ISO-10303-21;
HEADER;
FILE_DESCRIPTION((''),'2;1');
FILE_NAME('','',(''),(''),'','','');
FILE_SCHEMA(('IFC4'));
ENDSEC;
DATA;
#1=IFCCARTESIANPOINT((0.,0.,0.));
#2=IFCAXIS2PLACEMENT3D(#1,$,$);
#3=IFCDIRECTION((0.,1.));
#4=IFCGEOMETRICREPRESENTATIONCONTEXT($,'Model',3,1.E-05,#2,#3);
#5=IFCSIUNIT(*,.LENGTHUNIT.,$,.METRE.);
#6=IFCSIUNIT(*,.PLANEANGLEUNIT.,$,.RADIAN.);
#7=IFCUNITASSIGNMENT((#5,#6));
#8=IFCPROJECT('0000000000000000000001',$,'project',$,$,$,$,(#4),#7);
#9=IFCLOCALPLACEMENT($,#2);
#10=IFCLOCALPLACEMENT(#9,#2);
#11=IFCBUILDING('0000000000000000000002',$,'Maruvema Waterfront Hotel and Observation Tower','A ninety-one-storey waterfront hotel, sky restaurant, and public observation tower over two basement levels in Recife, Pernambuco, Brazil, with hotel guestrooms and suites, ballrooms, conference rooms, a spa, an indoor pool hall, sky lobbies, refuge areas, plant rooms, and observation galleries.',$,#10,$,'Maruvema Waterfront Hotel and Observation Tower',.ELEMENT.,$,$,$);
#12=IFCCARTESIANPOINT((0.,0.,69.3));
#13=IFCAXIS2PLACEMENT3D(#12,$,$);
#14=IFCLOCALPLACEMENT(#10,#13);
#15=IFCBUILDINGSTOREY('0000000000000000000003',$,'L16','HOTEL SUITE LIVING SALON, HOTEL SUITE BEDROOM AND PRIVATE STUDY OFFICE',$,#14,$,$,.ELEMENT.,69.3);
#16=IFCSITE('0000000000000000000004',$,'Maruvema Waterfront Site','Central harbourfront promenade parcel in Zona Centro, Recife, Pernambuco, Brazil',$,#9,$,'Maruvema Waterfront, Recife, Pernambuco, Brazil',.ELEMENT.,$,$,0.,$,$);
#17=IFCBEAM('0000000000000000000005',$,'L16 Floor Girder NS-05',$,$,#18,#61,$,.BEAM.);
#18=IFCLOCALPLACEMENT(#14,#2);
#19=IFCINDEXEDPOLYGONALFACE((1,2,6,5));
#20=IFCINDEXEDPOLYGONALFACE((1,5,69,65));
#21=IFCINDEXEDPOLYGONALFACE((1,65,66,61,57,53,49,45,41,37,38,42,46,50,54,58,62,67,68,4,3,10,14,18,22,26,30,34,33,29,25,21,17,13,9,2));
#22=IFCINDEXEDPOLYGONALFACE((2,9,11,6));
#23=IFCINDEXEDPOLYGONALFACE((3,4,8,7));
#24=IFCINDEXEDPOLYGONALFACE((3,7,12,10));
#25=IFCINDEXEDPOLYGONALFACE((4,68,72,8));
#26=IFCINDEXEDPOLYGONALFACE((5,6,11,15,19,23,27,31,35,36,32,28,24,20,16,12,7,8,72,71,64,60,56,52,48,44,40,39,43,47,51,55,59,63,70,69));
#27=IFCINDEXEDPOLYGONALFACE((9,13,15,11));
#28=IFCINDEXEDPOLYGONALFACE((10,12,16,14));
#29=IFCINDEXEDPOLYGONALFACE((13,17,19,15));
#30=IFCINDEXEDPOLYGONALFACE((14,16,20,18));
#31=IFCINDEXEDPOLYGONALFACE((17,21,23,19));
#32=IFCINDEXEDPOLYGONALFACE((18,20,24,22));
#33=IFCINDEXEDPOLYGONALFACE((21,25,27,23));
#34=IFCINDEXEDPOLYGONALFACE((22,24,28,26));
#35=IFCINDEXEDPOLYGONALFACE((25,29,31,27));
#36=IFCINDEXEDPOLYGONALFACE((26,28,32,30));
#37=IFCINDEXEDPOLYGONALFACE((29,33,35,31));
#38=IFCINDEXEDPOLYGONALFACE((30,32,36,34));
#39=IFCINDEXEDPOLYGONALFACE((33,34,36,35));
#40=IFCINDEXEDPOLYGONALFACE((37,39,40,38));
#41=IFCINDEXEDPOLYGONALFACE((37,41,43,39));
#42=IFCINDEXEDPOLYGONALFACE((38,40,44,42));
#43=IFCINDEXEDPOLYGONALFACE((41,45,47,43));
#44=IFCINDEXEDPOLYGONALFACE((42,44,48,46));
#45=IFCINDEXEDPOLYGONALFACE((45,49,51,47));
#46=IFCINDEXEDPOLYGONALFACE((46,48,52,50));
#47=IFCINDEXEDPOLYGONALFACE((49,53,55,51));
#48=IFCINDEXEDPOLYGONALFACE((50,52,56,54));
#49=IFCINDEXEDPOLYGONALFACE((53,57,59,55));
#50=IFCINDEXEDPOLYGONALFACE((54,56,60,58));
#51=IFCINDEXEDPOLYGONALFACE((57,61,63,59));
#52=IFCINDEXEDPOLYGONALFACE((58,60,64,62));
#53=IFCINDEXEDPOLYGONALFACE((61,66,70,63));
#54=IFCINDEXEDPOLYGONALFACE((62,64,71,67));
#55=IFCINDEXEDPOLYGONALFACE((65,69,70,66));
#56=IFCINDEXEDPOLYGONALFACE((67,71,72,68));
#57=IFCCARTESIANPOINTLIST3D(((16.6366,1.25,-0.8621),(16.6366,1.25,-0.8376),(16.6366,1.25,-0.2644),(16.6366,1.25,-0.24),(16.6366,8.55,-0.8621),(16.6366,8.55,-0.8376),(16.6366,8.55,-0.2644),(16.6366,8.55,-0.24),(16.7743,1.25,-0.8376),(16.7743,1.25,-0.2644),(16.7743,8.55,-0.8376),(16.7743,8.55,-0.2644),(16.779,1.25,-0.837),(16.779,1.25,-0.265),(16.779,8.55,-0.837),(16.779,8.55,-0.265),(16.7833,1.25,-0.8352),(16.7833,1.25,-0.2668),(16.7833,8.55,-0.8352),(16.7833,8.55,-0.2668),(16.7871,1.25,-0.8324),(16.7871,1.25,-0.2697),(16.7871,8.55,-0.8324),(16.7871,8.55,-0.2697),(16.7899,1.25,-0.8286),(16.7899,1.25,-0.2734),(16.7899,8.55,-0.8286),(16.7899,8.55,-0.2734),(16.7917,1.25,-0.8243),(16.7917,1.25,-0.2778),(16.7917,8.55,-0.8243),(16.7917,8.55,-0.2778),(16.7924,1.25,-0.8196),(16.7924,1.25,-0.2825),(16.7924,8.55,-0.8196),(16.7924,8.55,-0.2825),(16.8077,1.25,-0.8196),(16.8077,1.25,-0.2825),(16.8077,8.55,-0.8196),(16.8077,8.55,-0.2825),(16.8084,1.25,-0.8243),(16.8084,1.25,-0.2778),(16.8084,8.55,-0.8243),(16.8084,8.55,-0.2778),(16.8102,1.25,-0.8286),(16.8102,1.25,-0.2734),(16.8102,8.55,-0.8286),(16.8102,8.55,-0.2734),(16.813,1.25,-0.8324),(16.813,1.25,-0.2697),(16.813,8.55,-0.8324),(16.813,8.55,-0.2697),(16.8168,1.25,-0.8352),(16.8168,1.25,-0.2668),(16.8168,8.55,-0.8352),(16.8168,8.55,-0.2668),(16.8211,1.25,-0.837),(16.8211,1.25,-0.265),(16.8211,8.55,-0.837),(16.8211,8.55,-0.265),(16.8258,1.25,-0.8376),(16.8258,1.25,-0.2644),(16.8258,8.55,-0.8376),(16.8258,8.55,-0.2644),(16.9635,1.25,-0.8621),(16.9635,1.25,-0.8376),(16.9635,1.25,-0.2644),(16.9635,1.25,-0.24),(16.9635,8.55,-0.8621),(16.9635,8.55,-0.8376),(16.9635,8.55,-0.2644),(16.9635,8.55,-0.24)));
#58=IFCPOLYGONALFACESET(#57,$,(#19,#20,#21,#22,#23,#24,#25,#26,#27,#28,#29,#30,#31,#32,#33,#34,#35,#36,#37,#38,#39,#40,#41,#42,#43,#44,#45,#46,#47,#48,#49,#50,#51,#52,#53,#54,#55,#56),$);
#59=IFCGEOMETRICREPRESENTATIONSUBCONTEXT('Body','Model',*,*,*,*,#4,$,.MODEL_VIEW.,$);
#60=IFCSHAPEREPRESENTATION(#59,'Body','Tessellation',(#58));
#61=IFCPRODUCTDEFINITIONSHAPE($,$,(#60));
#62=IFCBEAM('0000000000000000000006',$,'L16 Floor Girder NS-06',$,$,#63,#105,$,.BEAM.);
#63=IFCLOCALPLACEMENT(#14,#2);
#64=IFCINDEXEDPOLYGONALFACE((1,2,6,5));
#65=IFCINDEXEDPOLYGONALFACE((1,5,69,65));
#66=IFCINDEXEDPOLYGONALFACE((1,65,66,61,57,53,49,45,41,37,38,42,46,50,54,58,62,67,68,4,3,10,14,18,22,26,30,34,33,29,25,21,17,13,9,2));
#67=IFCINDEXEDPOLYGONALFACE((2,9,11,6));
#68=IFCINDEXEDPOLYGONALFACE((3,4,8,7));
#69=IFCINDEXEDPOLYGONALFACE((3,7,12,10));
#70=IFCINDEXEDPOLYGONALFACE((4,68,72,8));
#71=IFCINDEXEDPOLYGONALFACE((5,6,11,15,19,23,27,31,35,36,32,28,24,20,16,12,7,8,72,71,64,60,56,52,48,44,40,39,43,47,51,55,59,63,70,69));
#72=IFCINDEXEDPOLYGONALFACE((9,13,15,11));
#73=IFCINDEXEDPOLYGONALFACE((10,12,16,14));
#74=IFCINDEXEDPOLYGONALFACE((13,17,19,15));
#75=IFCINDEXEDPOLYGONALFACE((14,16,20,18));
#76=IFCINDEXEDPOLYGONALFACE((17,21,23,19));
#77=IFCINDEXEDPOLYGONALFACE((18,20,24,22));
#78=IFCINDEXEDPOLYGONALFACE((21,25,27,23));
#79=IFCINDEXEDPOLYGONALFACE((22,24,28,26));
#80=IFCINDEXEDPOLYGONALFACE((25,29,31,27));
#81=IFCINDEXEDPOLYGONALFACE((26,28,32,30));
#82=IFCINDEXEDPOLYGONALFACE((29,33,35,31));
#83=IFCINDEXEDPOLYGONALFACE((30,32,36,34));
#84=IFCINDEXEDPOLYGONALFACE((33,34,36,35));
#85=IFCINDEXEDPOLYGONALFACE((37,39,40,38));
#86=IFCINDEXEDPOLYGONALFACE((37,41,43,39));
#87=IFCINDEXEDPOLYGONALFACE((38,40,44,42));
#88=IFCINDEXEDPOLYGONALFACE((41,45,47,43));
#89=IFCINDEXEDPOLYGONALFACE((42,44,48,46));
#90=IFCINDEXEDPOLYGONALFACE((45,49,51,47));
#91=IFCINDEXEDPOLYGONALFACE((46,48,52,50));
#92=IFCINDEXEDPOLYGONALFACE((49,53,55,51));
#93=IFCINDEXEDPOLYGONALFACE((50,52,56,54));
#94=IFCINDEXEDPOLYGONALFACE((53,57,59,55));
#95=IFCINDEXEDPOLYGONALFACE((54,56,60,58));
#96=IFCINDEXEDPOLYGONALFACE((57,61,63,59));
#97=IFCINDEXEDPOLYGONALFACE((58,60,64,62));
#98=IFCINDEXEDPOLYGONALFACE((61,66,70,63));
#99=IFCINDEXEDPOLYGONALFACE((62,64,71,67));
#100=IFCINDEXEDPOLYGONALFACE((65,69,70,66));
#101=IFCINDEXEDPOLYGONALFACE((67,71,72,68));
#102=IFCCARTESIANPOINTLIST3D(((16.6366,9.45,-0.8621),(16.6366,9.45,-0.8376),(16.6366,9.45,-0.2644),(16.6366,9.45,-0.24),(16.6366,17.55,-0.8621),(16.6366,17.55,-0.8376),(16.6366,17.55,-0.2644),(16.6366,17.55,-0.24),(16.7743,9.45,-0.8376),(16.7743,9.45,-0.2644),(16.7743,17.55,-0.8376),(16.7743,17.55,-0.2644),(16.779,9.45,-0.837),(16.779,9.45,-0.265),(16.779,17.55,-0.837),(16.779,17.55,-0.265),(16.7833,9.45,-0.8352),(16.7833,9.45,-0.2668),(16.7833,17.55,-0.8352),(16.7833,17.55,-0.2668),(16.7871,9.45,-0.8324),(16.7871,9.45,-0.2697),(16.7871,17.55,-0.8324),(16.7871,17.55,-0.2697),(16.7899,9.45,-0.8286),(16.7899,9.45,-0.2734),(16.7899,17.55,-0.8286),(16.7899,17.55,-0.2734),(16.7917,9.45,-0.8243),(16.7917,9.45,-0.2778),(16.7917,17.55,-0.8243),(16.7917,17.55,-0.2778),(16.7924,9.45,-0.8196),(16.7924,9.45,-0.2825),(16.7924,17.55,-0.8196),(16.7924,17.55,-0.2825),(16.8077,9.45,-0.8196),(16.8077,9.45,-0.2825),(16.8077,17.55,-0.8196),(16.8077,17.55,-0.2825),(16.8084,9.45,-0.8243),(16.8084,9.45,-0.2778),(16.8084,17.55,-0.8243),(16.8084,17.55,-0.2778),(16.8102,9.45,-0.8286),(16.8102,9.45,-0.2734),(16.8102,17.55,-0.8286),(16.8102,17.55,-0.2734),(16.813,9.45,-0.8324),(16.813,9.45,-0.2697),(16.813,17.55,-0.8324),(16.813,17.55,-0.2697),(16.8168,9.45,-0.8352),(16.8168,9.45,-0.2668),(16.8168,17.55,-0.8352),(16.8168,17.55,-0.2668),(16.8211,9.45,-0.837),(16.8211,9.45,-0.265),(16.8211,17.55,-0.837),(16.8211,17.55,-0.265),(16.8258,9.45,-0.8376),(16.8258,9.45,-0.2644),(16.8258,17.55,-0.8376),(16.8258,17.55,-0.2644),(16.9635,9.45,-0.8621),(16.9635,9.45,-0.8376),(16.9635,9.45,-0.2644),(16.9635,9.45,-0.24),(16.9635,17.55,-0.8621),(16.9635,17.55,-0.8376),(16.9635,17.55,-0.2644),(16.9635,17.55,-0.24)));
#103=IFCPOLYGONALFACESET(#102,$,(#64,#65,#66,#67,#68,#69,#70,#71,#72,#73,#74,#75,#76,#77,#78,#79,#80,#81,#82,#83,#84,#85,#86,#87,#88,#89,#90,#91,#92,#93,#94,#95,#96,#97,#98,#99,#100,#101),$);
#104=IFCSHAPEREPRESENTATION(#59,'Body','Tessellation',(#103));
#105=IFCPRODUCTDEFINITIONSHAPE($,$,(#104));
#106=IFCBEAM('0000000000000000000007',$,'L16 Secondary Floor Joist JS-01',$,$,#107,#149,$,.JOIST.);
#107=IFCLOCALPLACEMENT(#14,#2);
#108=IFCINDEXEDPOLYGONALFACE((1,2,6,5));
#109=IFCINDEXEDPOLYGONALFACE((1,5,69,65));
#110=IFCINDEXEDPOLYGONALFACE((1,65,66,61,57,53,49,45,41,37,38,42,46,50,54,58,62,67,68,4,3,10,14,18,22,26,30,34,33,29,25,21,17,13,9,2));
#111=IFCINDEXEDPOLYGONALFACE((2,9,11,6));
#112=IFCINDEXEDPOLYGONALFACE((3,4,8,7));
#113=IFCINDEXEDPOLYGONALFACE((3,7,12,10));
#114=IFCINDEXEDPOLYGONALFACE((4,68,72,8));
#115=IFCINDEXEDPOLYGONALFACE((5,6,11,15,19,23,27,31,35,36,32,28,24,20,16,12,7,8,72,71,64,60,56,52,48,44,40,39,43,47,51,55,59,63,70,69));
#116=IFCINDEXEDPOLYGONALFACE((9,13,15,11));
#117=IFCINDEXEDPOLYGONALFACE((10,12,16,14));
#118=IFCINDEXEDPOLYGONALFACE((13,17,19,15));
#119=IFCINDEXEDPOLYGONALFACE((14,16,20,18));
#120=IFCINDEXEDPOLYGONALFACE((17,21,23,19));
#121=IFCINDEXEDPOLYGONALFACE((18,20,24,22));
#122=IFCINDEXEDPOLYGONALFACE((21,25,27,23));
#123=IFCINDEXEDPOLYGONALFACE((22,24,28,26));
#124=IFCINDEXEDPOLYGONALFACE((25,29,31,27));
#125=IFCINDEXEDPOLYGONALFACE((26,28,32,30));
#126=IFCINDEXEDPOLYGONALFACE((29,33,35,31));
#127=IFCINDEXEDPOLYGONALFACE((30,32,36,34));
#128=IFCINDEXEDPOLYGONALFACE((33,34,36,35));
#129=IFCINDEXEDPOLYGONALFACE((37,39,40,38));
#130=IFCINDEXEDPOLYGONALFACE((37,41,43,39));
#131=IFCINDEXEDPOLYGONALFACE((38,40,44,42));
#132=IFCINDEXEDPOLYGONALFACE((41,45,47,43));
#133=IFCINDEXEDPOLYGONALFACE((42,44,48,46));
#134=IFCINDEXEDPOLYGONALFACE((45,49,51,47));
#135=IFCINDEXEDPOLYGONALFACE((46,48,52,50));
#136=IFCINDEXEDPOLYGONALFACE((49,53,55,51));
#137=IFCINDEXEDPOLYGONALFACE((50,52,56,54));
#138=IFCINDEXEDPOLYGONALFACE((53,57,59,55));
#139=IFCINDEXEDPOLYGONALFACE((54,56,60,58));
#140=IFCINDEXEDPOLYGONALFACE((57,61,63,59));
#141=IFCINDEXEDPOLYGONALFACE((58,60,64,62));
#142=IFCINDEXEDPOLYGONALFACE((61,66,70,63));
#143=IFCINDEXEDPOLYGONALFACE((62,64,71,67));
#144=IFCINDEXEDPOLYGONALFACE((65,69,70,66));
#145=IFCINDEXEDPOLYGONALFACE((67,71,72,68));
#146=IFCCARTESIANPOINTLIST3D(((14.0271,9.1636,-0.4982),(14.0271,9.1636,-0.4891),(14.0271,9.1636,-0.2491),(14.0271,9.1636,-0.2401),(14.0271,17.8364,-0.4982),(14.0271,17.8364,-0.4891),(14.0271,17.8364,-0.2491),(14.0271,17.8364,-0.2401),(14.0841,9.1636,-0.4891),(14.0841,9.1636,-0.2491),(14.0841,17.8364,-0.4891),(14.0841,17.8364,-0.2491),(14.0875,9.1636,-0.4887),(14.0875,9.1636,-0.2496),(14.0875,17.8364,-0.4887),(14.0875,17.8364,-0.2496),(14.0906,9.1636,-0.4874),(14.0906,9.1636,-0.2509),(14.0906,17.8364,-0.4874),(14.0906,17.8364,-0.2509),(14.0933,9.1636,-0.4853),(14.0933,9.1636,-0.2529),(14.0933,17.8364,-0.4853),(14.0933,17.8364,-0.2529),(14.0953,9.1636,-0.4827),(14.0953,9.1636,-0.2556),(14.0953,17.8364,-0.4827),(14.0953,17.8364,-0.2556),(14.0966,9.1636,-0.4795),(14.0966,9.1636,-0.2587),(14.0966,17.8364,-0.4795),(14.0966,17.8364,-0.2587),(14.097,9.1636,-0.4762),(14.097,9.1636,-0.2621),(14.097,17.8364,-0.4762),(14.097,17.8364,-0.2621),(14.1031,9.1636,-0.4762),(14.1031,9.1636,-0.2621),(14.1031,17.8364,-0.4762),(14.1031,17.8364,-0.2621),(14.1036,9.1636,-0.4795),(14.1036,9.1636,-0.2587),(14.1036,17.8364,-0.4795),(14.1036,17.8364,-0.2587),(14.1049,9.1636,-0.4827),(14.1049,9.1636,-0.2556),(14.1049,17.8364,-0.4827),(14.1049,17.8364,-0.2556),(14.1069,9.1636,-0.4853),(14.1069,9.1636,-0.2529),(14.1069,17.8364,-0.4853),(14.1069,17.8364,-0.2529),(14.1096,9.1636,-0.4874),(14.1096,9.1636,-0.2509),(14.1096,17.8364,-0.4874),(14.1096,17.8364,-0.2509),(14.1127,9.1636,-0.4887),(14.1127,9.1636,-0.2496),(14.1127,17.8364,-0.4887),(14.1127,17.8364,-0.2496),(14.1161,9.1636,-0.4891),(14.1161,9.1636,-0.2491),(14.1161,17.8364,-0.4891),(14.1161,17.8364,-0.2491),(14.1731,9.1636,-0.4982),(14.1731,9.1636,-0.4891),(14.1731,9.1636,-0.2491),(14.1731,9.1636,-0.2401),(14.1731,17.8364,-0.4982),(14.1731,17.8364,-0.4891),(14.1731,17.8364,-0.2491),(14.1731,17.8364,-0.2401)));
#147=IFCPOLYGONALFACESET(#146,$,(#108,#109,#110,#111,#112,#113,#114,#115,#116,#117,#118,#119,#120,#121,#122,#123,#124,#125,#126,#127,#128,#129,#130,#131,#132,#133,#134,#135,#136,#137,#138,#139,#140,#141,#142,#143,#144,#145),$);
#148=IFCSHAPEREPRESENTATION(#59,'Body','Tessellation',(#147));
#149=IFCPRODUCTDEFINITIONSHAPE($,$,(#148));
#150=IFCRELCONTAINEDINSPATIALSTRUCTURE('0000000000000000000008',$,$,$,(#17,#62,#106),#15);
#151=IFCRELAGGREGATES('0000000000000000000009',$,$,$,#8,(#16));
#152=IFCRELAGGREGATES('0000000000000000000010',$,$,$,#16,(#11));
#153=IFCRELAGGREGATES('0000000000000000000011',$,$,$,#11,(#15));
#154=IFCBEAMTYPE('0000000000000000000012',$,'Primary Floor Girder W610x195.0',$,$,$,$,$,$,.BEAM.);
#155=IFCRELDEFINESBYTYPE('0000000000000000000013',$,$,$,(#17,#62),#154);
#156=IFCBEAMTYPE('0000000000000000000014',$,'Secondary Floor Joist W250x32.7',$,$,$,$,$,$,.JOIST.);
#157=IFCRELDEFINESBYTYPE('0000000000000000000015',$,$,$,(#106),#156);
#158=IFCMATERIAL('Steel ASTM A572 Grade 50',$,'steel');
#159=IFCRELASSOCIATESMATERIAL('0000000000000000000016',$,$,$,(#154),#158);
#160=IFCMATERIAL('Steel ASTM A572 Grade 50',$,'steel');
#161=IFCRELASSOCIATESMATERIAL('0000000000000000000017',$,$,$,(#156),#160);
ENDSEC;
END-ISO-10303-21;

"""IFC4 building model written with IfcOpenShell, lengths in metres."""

from ifc_helpers import new_model, si_unit, direction, frame, origin, origin_2d, place, context, subcontext, project, spatial, i_section, extrude, material, material_profile, profile_set, type_object, element, save


model = new_model("IFC4")

# Units and contexts
model_context = context("Model", 3, precision=1e-05, world=origin(), true_north=direction((0.0, 1.0)))
body_context = subcontext(model_context, "Body", "Model", "MODEL_VIEW")
ifc_project = project(units=[si_unit("LENGTHUNIT", "METRE"), si_unit("PLANEANGLEUNIT", "RADIAN")], contexts=[model_context])

# Site, building, storey
site_placement = place(None, origin())
site = spatial("IfcSite", under=ifc_project, at=site_placement, Name="Maruvema Waterfront Site", Description="Central harbourfront promenade parcel in Zona Centro, Recife, Pernambuco, Brazil", LongName="Maruvema Waterfront, Recife, Pernambuco, Brazil", CompositionType="ELEMENT", RefElevation=0.0)
building_placement = place(site_placement, origin())
building = spatial("IfcBuilding", under=site, at=building_placement, Name="Maruvema Waterfront Hotel and Observation Tower", Description="A ninety-one-storey waterfront hotel, sky restaurant, and public observation tower over two basement levels in Recife, Pernambuco, Brazil, with hotel guestrooms and suites, ballrooms, conference rooms, a spa, an indoor pool hall, sky lobbies, refuge areas, plant rooms, and observation galleries.", LongName="Maruvema Waterfront Hotel and Observation Tower", CompositionType="ELEMENT")
storey_placement = place(building_placement, frame((0.0, 0.0, 69.3)))
storey = spatial("IfcBuildingStorey", under=building, at=storey_placement, Name="L16", Description="HOTEL SUITE LIVING SALON, HOTEL SUITE BEDROOM AND PRIVATE STUDY OFFICE", CompositionType="ELEMENT", Elevation=69.3)

# Beams
ifc_material_1 = material(Name="Steel ASTM A572 Grade 50", Category="steel")
ifc_material_profile_1 = material_profile(ifc_material_1, i_section(OverallWidth=0.3269, OverallDepth=0.6221, WebThickness=0.0154, FlangeThickness=0.0244, FilletRadius=0.0181, at=origin_2d()), Name="W610x195.0")
ifc_profile_set_1 = profile_set([ifc_material_profile_1], Name="Steel ASTM A572 Grade 50")
beam_type_1 = type_object("IfcBeamType", Name="Primary Floor Girder W610x195.0", PredefinedType="BEAM", material=ifc_profile_set_1)
beam_1_placement = place(storey_placement, frame((16.8, 1.25, -0.551), z_axis=(0.0, 1.0, 0.0), x_axis=(-1.0, 0.0, 0.0)))
element("IfcBeam", 1, at=beam_1_placement, inside=storey, type_object=beam_type_1, Name="L16 Floor Girder NS-05", PredefinedType="BEAM", context=body_context, shape_type="SweptSolid", body=[
    extrude(i_section(OverallWidth=0.3269, OverallDepth=0.6221, WebThickness=0.0154, FlangeThickness=0.0244, FilletRadius=0.0181, at=origin_2d()), origin(), (0.0, 0.0, 1.0), 7.3),
])
beam_2_placement = place(storey_placement, frame((16.8, 9.45, -0.551), z_axis=(0.0, 1.0, 0.0), x_axis=(-1.0, 0.0, 0.0)))
element("IfcBeam", 2, at=beam_2_placement, inside=storey, type_object=beam_type_1, Name="L16 Floor Girder NS-06", PredefinedType="BEAM", context=body_context, shape_type="SweptSolid", body=[
    extrude(i_section(OverallWidth=0.3269, OverallDepth=0.6221, WebThickness=0.0154, FlangeThickness=0.0244, FilletRadius=0.0181, at=origin_2d()), origin(), (0.0, 0.0, 1.0), 8.1001),
])
ifc_material_2 = material(Name="Steel ASTM A572 Grade 50", Category="steel")
ifc_material_profile_2 = material_profile(ifc_material_2, i_section(OverallWidth=0.146, OverallDepth=0.2581, WebThickness=0.0061, FlangeThickness=0.009, FilletRadius=0.0129, at=origin_2d()), Name="W250x32.7")
ifc_profile_set_2 = profile_set([ifc_material_profile_2], Name="Steel ASTM A572 Grade 50")
beam_type_2 = type_object("IfcBeamType", Name="Secondary Floor Joist W250x32.7", PredefinedType="JOIST", material=ifc_profile_set_2)
beam_3_placement = place(storey_placement, frame((14.1001, 9.1636, -0.3691), z_axis=(0.0, 1.0, 0.0), x_axis=(-1.0, 0.0, 0.0)))
element("IfcBeam", 3, at=beam_3_placement, inside=storey, type_object=beam_type_2, Name="L16 Secondary Floor Joist JS-01", PredefinedType="JOIST", context=body_context, shape_type="SweptSolid", body=[
    extrude(i_section(OverallWidth=0.146, OverallDepth=0.2581, WebThickness=0.0061, FlangeThickness=0.009, FilletRadius=0.0129, at=origin_2d()), origin(), (0.0, 0.0, 1.0), 8.6729),
])

save(model, "model.ifc")
